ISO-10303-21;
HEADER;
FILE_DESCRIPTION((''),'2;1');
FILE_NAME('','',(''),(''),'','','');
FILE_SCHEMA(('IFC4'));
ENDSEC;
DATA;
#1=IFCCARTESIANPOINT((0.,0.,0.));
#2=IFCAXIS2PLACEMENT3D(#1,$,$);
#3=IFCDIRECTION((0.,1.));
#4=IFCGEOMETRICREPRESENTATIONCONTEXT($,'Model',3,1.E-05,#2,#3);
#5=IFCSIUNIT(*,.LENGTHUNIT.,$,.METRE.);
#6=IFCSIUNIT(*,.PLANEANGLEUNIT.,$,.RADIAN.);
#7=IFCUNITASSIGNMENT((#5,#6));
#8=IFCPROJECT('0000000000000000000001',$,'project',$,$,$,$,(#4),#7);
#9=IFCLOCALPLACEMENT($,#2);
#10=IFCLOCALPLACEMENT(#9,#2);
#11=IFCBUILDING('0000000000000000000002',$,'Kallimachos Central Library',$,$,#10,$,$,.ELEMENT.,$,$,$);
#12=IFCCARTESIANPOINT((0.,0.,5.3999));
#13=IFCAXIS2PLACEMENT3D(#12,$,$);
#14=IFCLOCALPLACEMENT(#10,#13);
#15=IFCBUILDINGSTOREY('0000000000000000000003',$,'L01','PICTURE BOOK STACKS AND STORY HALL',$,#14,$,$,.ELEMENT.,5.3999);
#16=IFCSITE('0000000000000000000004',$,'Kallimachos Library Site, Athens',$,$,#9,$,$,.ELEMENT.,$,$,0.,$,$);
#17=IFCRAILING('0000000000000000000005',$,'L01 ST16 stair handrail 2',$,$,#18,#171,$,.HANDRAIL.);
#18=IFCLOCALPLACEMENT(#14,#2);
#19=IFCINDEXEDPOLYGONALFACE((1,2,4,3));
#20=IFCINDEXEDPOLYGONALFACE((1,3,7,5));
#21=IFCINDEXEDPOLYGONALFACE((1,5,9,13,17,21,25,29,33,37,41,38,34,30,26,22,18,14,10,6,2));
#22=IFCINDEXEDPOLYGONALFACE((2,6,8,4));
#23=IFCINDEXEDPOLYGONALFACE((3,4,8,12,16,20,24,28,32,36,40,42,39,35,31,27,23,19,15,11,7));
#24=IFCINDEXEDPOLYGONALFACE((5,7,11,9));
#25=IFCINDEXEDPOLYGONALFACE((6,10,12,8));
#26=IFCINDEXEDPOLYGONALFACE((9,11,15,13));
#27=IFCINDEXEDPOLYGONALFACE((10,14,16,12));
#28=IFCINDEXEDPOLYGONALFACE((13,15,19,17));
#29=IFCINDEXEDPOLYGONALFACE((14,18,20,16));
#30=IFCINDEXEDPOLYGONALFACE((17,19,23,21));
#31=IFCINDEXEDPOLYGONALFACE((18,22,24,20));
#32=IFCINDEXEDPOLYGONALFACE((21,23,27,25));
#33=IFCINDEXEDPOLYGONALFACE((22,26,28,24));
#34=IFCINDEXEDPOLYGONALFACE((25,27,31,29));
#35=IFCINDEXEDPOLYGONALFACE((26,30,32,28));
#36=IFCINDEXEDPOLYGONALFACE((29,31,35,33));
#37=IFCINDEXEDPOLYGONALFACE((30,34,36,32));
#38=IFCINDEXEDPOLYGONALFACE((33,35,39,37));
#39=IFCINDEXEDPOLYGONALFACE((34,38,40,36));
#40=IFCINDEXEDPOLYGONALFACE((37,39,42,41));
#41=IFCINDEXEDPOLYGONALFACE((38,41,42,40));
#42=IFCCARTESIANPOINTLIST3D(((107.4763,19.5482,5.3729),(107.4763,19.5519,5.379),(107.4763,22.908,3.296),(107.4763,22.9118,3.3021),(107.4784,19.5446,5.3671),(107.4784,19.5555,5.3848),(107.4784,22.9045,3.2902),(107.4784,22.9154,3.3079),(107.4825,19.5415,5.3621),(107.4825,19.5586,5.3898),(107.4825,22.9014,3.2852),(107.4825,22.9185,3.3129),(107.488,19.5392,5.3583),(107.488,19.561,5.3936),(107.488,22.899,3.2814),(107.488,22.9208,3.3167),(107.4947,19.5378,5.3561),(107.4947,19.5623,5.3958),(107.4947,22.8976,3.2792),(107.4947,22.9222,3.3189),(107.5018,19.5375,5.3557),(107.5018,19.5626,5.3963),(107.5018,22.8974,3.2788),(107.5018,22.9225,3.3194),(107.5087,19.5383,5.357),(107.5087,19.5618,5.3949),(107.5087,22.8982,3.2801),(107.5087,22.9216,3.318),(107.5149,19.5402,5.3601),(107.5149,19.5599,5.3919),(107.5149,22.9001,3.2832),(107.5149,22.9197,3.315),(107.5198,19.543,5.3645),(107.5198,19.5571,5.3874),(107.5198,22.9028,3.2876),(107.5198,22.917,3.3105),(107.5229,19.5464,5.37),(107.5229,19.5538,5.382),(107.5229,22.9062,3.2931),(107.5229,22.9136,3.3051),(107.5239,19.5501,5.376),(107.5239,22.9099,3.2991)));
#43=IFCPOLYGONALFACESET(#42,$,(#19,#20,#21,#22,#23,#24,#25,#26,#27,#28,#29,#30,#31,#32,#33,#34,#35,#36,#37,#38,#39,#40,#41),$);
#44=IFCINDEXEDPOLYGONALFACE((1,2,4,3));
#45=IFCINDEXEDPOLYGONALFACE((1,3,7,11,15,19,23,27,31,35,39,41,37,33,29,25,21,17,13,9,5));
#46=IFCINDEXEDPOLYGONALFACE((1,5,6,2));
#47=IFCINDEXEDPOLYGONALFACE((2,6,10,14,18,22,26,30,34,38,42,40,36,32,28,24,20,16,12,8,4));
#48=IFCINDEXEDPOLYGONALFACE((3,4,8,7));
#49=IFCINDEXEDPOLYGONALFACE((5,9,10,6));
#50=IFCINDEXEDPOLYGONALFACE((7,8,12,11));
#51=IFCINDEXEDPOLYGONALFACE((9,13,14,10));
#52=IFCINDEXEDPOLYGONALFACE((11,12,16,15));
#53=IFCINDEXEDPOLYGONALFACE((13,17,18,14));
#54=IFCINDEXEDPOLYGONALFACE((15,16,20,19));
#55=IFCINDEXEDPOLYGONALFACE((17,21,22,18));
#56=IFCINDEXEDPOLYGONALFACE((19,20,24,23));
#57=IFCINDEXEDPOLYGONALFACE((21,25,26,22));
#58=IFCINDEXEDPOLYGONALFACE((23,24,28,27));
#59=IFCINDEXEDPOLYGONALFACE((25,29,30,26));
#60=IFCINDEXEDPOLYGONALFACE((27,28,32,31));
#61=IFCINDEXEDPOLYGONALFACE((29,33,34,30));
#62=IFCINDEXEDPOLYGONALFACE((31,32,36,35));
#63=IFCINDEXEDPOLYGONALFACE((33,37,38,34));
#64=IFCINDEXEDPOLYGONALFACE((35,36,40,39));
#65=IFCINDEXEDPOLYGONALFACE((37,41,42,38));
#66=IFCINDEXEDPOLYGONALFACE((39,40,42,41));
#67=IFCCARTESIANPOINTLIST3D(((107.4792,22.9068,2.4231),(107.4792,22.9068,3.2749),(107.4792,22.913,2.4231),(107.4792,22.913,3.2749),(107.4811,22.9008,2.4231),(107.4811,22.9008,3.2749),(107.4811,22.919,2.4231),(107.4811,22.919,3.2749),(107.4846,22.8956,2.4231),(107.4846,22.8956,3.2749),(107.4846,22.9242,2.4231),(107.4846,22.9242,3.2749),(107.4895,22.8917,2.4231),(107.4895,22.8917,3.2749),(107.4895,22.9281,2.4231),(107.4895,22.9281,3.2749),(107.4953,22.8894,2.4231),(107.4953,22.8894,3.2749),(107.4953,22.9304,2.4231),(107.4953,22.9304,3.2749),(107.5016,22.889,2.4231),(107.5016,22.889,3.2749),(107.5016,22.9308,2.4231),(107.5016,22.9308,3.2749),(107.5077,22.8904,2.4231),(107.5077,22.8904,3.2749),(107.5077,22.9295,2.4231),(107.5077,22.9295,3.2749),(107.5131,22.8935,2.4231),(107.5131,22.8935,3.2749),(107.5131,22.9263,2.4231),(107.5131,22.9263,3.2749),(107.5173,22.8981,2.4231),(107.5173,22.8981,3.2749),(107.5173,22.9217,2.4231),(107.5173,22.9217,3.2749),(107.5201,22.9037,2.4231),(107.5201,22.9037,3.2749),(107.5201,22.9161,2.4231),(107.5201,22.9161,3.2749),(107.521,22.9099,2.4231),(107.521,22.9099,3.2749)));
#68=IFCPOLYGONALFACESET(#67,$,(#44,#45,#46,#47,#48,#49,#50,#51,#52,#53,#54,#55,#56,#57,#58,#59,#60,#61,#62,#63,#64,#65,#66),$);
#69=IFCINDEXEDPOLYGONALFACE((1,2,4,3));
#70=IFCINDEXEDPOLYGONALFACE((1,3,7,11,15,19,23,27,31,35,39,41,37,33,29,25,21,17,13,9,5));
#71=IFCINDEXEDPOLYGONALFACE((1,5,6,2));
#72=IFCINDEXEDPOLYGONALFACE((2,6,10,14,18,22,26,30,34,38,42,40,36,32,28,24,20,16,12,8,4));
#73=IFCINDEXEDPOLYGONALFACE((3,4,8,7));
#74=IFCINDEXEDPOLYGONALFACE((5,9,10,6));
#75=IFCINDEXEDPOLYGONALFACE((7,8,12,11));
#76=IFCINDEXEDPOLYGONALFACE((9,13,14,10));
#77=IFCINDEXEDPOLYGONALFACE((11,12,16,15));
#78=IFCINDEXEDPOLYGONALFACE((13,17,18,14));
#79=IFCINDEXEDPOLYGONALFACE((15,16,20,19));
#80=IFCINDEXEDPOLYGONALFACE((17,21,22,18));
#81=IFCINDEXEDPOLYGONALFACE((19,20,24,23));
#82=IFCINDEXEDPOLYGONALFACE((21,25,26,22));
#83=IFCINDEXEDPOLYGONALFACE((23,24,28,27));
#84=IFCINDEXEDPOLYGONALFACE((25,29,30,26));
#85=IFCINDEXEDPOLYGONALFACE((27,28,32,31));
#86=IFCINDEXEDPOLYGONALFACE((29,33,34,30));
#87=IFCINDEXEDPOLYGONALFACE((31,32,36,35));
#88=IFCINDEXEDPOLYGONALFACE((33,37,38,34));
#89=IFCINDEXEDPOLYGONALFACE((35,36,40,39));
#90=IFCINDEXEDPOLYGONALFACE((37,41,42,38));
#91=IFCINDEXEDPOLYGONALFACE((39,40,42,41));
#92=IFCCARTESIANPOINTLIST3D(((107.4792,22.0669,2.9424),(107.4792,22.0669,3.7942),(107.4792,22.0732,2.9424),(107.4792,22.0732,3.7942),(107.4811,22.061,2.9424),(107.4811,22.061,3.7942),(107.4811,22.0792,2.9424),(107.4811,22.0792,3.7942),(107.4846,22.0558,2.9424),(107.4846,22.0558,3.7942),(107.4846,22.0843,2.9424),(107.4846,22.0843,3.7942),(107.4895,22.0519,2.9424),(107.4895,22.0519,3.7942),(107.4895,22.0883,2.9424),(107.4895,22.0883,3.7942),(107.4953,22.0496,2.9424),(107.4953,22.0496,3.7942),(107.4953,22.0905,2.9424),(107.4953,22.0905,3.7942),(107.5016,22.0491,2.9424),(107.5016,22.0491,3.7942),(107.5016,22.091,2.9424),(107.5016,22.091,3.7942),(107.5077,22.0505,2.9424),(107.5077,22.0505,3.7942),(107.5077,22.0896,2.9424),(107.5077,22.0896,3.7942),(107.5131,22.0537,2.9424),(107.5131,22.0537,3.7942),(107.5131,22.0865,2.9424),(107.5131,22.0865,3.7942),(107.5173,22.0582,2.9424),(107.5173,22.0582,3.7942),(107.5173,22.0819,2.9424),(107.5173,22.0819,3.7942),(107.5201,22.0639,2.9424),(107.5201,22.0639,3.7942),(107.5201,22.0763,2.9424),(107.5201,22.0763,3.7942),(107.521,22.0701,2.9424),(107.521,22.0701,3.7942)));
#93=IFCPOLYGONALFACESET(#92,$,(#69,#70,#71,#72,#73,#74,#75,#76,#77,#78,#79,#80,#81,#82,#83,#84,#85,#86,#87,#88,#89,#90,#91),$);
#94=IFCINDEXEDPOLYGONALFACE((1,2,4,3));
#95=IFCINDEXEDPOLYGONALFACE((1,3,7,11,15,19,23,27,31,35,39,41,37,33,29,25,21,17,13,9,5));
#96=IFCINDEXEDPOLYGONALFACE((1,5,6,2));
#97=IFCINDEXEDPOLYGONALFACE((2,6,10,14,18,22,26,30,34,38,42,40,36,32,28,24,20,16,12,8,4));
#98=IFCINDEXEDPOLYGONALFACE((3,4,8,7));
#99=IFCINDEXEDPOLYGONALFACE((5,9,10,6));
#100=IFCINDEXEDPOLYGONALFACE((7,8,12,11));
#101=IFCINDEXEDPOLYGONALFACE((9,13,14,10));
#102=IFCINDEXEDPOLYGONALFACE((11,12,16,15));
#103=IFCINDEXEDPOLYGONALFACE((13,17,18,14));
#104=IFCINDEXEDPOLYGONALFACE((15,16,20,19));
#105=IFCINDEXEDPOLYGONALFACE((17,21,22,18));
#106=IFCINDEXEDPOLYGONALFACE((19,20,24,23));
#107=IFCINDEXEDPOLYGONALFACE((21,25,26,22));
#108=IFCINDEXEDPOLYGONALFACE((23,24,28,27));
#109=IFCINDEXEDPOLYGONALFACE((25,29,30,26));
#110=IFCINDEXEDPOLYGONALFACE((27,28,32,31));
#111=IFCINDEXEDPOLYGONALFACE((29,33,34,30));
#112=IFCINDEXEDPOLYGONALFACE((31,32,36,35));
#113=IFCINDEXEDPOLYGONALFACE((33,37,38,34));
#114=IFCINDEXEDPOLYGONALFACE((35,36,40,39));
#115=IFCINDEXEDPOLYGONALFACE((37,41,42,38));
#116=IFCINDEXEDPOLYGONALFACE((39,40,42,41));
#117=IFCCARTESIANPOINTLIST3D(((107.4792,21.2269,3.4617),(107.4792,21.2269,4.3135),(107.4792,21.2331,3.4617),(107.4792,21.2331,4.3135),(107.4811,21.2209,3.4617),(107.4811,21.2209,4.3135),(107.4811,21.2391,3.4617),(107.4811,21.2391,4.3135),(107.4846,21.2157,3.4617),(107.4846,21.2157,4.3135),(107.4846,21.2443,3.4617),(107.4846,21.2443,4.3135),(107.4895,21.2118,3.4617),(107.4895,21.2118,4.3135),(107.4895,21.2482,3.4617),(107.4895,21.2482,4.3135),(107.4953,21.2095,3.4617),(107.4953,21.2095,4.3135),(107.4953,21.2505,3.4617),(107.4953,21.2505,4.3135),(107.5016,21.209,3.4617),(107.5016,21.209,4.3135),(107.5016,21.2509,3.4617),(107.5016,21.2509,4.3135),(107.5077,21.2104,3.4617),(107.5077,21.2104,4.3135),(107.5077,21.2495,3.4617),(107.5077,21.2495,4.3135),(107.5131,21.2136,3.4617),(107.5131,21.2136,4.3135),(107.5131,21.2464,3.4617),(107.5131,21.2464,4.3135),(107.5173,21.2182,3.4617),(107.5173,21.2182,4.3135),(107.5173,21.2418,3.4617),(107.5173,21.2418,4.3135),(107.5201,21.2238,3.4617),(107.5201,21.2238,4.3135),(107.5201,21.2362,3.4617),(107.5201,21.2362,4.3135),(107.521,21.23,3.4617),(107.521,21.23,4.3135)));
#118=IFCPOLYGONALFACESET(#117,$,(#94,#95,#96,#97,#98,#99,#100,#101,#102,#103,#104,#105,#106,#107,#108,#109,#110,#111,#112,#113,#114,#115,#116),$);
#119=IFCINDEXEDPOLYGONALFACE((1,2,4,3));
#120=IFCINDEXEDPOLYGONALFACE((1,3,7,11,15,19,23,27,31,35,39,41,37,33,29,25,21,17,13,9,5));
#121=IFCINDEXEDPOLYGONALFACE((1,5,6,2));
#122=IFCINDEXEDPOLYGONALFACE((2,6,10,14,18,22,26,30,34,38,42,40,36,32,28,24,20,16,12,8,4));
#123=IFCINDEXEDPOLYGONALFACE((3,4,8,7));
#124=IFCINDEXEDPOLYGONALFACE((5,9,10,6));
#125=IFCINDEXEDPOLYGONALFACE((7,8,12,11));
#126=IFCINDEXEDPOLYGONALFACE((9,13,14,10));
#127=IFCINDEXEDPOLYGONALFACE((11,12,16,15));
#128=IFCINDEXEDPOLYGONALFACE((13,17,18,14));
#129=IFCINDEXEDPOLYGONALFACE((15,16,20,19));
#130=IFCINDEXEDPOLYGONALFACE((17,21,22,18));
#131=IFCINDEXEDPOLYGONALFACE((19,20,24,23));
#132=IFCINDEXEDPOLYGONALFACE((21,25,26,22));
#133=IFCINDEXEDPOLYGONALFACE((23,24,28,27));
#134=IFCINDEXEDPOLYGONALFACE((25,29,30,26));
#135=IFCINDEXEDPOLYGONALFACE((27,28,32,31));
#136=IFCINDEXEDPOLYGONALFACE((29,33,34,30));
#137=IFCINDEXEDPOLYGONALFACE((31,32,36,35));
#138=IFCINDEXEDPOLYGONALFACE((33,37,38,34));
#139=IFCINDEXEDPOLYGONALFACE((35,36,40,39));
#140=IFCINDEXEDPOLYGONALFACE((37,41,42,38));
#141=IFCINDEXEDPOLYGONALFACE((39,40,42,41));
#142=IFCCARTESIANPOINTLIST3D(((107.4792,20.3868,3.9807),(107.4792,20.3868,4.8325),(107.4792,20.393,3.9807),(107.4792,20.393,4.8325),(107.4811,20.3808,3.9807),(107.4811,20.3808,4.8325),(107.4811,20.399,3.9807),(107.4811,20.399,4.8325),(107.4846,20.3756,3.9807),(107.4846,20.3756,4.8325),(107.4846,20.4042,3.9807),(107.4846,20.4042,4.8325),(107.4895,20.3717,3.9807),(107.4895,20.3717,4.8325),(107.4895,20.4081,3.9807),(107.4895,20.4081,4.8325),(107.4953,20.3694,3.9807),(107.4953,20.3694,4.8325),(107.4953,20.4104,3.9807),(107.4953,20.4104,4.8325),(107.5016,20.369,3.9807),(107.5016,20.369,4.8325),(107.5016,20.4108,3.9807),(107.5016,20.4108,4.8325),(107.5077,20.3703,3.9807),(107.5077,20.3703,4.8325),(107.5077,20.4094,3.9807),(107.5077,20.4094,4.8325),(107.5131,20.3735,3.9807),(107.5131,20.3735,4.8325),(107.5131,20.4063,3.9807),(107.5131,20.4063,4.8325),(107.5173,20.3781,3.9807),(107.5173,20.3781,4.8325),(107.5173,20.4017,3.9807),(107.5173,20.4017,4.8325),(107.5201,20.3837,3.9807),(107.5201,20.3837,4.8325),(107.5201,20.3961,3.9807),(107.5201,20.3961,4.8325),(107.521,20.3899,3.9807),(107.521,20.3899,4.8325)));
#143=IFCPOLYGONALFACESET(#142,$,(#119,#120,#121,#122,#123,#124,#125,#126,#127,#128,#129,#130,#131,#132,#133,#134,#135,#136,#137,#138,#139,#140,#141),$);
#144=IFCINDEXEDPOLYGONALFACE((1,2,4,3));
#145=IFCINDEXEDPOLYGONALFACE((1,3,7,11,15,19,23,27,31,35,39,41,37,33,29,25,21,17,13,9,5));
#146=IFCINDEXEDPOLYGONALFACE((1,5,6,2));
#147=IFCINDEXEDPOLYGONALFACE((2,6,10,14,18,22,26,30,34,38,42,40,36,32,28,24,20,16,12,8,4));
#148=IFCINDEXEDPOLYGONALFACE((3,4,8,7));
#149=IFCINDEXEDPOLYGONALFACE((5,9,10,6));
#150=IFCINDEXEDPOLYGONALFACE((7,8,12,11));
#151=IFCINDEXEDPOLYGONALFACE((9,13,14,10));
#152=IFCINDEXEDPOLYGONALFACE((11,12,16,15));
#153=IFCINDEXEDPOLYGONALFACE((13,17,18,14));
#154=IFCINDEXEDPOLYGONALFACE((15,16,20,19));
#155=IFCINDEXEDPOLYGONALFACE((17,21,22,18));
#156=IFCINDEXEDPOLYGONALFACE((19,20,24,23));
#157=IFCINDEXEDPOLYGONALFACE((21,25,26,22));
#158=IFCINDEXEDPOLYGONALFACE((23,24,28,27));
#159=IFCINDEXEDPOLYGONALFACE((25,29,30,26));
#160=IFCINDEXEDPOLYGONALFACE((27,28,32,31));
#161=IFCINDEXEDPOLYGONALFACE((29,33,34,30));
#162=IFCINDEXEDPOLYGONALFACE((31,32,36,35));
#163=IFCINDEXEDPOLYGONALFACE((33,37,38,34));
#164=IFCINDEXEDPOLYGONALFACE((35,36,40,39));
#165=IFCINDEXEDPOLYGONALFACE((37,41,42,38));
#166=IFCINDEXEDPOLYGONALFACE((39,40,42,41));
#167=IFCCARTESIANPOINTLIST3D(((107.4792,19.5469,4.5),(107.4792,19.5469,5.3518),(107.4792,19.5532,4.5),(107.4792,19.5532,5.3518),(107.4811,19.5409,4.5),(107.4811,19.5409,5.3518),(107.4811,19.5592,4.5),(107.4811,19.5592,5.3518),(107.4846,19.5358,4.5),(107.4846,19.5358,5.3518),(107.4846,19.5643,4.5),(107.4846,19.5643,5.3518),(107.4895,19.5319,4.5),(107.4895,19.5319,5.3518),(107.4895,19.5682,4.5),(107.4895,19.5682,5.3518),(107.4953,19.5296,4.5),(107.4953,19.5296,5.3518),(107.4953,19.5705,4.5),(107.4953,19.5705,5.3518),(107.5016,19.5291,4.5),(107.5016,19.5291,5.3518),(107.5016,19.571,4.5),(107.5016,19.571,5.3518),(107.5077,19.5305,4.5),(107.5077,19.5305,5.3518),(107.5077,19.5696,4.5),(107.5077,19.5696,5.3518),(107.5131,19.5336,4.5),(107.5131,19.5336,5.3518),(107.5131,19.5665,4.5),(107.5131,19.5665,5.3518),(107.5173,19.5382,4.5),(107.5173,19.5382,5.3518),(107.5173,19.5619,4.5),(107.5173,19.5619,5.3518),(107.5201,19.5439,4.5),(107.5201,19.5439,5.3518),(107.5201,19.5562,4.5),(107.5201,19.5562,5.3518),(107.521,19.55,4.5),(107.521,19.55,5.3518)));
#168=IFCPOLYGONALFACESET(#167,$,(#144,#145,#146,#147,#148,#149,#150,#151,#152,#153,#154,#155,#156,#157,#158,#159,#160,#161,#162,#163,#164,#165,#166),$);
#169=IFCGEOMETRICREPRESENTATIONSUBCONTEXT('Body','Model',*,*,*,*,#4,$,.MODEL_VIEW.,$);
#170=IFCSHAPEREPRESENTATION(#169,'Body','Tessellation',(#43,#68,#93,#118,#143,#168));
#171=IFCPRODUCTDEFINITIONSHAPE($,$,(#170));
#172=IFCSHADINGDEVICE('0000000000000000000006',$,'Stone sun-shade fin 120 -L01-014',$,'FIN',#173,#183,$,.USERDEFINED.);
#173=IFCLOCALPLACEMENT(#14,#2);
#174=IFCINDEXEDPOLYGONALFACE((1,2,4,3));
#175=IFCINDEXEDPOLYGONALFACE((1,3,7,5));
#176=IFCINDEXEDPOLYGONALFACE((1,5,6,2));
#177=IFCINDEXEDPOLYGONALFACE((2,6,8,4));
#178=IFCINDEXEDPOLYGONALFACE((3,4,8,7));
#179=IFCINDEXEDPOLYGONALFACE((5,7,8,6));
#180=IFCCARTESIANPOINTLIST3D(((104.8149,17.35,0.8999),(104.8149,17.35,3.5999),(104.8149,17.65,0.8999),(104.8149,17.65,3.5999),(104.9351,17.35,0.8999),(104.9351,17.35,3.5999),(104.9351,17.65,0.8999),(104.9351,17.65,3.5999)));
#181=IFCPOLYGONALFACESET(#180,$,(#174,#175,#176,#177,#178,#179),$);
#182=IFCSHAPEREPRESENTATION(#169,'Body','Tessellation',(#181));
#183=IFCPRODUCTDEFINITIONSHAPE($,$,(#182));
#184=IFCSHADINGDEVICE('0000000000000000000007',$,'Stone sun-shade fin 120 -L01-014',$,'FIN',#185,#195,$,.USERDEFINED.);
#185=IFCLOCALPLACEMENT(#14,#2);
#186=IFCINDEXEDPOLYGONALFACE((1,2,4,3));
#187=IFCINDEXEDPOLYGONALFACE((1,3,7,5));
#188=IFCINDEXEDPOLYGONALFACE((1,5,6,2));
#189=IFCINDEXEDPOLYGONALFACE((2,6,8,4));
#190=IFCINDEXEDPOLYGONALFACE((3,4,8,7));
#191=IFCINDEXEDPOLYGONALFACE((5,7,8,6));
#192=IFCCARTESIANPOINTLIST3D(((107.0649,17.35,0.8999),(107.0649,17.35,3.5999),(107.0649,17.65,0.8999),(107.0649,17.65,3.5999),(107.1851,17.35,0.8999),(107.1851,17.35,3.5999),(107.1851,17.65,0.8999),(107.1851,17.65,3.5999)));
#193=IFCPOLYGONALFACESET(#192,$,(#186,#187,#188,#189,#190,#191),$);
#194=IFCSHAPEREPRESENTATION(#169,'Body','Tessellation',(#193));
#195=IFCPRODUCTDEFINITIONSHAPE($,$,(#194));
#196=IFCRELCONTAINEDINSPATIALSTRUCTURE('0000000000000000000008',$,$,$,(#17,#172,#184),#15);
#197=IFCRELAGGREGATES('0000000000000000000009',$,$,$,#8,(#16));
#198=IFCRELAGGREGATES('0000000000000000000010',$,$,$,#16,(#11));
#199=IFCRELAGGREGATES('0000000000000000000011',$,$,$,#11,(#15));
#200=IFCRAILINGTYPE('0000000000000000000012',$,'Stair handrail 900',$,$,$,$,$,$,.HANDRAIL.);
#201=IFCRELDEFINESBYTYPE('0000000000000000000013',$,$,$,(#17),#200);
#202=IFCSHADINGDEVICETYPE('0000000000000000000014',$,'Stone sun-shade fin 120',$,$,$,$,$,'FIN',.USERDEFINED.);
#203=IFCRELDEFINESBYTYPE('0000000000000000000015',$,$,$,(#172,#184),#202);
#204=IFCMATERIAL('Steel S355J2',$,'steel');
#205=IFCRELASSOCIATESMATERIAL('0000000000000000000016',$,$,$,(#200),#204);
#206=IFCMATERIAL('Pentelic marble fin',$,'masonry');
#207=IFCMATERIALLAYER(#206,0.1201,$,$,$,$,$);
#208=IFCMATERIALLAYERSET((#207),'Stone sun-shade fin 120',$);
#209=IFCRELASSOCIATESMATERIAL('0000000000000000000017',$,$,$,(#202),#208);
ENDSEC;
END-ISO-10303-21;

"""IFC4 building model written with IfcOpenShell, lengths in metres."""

from ifc_helpers import new_model, si_unit, direction, frame, origin, origin_2d, place, context, subcontext, project, spatial, rectangle, circle, extrude, material, layer, layer_set, type_object, element, save


model = new_model("IFC4")

# Units and contexts
model_context = context("Model", 3, precision=1e-05, world=origin(), true_north=direction((0.0, 1.0)))
body_context = subcontext(model_context, "Body", "Model", "MODEL_VIEW")
ifc_project = project(units=[si_unit("LENGTHUNIT", "METRE"), si_unit("PLANEANGLEUNIT", "RADIAN")], contexts=[model_context])

# Site, building, storey
site_placement = place(None, origin())
site = spatial("IfcSite", under=ifc_project, at=site_placement, Name="Kallimachos Library Site, Athens", CompositionType="ELEMENT", RefElevation=0.0)
building_placement = place(site_placement, origin())
building = spatial("IfcBuilding", under=site, at=building_placement, Name="Kallimachos Central Library", CompositionType="ELEMENT")
storey_placement = place(building_placement, frame((0.0, 0.0, 5.3999)))
storey = spatial("IfcBuildingStorey", under=building, at=storey_placement, Name="L01", Description="PICTURE BOOK STACKS AND STORY HALL", CompositionType="ELEMENT", Elevation=5.3999)

# Railing
ifc_material_1 = material(Name="Steel S355J2", Category="steel")
railing_type_1 = type_object("IfcRailingType", Name="Stair handrail 900", PredefinedType="HANDRAIL", material=ifc_material_1)
railing_1_placement = place(storey_placement, frame((107.5, 22.9099, 2.4231)))
element("IfcRailing", 1, at=railing_1_placement, inside=storey, type_object=railing_type_1, Name="L01 ST16 stair handrail 2", PredefinedType="HANDRAIL", context=body_context, shape_type="SweptSolid", body=[
    extrude(circle(Radius=0.0239, at=origin_2d()), frame((0.0, 0.0, 0.876), z_axis=(0.0, -0.850606, 0.525803), x_axis=(1.0, 0.0, 0.0)), (0.0, 0.0, 1.0), 3.95),
    extrude(circle(Radius=0.021, at=origin_2d()), origin(), (0.0, 0.0, 1.0), 0.8518),
    extrude(circle(Radius=0.021, at=origin_2d()), frame((0.0, -0.8398, 0.5193)), (0.0, 0.0, 1.0), 0.8518),
    extrude(circle(Radius=0.021, at=origin_2d()), frame((0.0, -1.6799, 1.0386)), (0.0, 0.0, 1.0), 0.8518),
    extrude(circle(Radius=0.021, at=origin_2d()), frame((0.0, -2.52, 1.5576)), (0.0, 0.0, 1.0), 0.8518),
    extrude(circle(Radius=0.021, at=origin_2d()), frame((0.0, -3.3599, 2.0769)), (0.0, 0.0, 1.0), 0.8518),
])

# Shading devices
ifc_material_2 = material(Name="Pentelic marble fin", Category="masonry")
ifc_layer_1 = layer(ifc_material_2, 0.1201)
ifc_layer_set_1 = layer_set([ifc_layer_1], Name="Stone sun-shade fin 120")
shading_device_type = type_object("IfcShadingDeviceType", Name="Stone sun-shade fin 120", ElementType="FIN", PredefinedType="USERDEFINED", material=ifc_layer_set_1)
for number, where, z_axis, x_axis, name in (
    (2, (104.875, 17.5, 0.8999), (0.0, 0.0, 1.0), (1.0, 0.0, 0.0), "Stone sun-shade fin 120 -L01-014"),
    (3, (107.125, 17.5, 0.8999), (0.0, 0.0, 1.0), (1.0, 0.0, 0.0), "Stone sun-shade fin 120 -L01-014"),
):
    element("IfcShadingDevice", number, at=place(storey_placement, frame(where, z_axis=z_axis, x_axis=x_axis)), inside=storey, type_object=shading_device_type, Name=name, ObjectType="FIN", PredefinedType="USERDEFINED", context=body_context, shape_type="SweptSolid", body=[
        extrude(rectangle(XDim=0.1201, YDim=0.3, at=origin_2d()), origin(), (0.0, 0.0, 1.0), 2.7),
    ])

save(model, "model.ifc")
